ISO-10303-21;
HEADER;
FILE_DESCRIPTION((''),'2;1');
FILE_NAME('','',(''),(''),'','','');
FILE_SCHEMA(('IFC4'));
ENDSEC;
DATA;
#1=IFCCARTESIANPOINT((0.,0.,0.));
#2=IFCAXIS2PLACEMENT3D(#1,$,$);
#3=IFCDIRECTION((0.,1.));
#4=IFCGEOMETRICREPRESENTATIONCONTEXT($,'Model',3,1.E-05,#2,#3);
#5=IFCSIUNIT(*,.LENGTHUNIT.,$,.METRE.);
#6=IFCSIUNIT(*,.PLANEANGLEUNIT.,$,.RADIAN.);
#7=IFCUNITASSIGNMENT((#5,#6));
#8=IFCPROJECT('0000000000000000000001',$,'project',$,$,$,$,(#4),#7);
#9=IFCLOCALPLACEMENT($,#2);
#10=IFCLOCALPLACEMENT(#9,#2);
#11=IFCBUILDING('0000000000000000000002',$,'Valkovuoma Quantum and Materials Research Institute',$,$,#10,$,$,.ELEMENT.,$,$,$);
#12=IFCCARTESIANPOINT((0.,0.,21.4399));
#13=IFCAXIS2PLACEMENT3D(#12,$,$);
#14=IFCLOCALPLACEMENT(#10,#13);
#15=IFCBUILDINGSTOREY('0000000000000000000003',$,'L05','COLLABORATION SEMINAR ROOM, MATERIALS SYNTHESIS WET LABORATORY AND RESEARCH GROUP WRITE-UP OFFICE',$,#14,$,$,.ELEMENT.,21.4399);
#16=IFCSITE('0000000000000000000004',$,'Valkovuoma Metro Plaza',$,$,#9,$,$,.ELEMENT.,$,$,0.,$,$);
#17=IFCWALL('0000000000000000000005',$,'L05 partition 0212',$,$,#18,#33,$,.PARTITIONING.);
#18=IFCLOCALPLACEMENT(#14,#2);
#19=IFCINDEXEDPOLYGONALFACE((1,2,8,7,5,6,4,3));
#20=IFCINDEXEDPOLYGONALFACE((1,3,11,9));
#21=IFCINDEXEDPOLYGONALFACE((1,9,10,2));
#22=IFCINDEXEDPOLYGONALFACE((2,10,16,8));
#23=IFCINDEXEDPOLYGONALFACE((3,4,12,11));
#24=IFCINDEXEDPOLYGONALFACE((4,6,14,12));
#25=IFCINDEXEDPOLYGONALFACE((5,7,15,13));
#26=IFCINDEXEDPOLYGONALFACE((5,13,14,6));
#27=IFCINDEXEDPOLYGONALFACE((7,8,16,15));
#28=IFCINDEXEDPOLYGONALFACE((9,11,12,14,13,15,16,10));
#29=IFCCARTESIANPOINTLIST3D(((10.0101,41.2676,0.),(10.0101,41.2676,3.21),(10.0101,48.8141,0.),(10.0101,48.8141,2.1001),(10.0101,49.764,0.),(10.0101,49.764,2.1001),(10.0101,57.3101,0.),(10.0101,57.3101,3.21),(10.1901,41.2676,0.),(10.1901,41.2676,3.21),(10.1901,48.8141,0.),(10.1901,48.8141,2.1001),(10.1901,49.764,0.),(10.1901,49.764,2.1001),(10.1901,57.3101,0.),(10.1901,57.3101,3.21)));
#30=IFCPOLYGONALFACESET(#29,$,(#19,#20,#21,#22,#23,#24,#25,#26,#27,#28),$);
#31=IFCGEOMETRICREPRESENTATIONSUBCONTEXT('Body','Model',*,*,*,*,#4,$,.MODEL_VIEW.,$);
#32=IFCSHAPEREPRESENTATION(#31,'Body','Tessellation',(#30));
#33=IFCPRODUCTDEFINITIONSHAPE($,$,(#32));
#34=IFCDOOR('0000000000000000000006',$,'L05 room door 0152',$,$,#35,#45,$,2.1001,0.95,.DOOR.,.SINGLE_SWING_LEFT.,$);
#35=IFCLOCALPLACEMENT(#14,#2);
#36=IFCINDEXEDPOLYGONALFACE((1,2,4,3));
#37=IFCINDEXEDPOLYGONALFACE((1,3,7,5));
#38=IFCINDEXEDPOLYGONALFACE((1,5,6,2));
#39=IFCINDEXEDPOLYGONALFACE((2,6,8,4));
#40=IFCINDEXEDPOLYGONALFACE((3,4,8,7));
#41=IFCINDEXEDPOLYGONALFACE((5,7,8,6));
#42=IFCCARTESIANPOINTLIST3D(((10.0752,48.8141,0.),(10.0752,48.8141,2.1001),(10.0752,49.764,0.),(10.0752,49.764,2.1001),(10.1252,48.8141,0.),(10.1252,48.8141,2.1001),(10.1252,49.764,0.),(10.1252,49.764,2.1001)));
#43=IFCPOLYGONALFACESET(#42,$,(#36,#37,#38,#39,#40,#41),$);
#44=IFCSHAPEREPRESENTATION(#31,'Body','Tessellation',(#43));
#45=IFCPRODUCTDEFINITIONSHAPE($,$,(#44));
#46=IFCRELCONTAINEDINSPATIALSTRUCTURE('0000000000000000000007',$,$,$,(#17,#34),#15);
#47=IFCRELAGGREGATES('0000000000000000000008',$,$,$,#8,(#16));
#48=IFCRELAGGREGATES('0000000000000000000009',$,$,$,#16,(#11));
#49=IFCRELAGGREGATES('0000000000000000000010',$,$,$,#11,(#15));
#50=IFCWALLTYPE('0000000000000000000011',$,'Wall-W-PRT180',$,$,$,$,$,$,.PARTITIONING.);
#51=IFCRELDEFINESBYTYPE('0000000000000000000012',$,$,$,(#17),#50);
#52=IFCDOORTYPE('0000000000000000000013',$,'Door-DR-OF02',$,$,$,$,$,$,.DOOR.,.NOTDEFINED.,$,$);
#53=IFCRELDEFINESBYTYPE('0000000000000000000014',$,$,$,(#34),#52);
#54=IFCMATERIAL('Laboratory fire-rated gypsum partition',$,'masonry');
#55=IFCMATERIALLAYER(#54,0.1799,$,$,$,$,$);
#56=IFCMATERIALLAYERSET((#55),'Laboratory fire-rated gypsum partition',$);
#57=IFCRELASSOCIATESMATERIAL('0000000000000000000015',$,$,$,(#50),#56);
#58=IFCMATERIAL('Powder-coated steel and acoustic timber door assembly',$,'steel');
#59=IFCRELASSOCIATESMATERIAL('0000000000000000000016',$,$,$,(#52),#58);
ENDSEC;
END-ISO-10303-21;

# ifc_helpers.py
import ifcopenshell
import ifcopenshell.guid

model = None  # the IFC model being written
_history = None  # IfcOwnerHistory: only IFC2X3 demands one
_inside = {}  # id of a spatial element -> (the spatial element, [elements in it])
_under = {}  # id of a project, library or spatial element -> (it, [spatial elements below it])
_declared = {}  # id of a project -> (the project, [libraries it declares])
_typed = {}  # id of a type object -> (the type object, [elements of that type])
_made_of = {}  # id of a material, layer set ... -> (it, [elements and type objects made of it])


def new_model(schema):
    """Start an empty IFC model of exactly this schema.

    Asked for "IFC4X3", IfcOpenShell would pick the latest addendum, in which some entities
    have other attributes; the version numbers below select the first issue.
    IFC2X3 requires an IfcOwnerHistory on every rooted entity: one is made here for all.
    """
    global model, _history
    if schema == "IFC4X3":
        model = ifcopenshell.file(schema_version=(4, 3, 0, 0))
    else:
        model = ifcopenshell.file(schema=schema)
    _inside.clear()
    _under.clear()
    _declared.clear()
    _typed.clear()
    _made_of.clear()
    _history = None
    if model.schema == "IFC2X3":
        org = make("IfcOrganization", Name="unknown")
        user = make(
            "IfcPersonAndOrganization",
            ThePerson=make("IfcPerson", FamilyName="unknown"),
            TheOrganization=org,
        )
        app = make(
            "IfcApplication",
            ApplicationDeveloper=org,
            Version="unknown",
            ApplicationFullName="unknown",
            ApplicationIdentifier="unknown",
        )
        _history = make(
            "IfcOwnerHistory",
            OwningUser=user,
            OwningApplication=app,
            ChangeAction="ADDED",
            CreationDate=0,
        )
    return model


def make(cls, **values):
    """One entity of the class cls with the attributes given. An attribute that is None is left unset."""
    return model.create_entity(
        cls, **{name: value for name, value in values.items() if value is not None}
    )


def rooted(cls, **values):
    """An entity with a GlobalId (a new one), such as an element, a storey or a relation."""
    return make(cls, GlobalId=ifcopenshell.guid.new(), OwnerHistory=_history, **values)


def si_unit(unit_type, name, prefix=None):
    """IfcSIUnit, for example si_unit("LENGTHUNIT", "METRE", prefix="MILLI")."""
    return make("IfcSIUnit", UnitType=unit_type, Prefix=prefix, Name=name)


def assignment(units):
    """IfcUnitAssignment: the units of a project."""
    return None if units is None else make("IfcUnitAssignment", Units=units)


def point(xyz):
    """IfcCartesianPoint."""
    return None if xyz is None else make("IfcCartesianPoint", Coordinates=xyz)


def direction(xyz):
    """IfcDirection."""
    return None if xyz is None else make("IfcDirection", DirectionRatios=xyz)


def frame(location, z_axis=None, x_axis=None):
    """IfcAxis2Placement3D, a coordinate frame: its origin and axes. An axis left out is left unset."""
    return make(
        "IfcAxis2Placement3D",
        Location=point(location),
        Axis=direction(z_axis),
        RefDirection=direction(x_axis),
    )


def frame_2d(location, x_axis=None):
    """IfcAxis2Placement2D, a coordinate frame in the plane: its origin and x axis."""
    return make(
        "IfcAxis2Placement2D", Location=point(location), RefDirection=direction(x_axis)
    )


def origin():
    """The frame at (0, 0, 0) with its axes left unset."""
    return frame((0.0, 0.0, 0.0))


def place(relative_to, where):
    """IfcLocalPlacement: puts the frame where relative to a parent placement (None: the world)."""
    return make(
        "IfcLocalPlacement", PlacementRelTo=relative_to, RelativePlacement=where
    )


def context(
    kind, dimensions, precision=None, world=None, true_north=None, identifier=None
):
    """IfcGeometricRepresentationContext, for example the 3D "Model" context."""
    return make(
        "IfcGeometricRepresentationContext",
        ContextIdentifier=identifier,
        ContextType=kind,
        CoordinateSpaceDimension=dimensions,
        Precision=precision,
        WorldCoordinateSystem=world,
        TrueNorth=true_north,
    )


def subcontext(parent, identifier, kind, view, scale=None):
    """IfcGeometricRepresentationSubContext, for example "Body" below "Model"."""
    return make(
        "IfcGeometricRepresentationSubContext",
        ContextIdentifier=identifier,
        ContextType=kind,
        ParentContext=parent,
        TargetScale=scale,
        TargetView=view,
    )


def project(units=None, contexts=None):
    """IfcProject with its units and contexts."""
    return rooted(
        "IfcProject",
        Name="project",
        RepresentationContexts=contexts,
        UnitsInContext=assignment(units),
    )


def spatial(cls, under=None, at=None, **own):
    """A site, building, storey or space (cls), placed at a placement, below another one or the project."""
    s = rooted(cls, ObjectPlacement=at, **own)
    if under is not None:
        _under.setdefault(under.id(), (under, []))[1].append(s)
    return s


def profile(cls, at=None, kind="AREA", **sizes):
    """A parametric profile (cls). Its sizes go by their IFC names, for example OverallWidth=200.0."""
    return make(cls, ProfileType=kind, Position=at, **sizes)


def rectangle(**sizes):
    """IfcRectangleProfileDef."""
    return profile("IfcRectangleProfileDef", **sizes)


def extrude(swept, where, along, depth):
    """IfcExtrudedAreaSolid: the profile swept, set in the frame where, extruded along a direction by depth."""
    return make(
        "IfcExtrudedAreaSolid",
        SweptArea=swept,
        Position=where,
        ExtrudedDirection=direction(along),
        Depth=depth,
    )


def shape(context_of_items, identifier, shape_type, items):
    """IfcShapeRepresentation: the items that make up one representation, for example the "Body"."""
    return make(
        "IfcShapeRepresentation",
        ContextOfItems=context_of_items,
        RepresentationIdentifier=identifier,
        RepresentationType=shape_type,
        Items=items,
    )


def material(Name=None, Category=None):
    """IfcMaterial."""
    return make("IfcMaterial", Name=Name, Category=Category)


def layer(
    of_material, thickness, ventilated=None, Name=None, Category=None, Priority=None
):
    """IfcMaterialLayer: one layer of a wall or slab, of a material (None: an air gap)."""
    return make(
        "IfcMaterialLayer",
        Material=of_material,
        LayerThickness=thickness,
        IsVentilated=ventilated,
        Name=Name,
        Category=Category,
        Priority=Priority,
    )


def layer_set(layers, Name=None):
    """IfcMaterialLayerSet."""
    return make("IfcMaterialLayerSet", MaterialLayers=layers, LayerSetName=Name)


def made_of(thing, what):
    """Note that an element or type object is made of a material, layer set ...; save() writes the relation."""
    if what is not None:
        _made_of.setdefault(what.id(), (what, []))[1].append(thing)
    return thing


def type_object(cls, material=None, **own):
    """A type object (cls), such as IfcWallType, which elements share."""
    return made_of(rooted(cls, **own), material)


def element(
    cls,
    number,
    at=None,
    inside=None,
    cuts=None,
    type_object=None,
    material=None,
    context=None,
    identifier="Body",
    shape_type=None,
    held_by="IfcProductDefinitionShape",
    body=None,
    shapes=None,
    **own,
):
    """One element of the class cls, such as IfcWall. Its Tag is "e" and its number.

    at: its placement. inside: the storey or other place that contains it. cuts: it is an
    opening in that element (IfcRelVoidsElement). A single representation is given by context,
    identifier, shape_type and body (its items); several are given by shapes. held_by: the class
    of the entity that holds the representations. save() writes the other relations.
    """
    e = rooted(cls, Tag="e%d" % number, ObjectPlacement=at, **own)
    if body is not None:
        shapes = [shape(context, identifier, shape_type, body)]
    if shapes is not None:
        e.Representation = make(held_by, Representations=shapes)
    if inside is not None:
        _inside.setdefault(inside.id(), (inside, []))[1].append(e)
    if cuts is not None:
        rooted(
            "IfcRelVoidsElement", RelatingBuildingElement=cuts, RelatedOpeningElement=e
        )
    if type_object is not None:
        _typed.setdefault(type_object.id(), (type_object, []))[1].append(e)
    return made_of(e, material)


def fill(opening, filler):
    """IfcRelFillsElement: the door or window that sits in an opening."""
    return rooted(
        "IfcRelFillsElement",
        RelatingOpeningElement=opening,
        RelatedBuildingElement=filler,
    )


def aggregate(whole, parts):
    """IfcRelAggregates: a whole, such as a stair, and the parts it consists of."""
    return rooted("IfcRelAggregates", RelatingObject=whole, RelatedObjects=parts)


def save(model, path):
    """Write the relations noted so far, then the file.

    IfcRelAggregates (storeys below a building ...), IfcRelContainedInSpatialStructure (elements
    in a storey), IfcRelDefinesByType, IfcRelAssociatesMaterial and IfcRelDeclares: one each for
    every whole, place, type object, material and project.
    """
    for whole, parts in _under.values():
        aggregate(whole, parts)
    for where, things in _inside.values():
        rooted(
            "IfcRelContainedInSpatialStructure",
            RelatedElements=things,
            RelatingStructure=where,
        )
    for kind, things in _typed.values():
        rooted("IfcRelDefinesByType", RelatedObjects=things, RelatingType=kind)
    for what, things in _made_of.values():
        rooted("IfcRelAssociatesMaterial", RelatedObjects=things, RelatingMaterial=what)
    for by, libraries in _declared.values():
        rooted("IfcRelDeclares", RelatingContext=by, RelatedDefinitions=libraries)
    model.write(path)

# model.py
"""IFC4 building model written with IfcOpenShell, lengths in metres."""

from ifc_helpers import new_model, si_unit, direction, frame, frame_2d, origin, place, context, subcontext, project, spatial, rectangle, extrude, material, layer, layer_set, type_object, element, fill, save


model = new_model("IFC4")

# Units and contexts
model_context = context("Model", 3, precision=1e-05, world=origin(), true_north=direction((0.0, 1.0)))
body_context = subcontext(model_context, "Body", "Model", "MODEL_VIEW")
ifc_project = project(units=[si_unit("LENGTHUNIT", "METRE"), si_unit("PLANEANGLEUNIT", "RADIAN")], contexts=[model_context])

# Site, building, storey
site_placement = place(None, origin())
site = spatial("IfcSite", under=ifc_project, at=site_placement, Name="Valkovuoma Metro Plaza", CompositionType="ELEMENT", RefElevation=0.0)
building_placement = place(site_placement, origin())
building = spatial("IfcBuilding", under=site, at=building_placement, Name="Valkovuoma Quantum and Materials Research Institute", CompositionType="ELEMENT")
storey_placement = place(building_placement, frame((0.0, 0.0, 21.4399)))
storey = spatial("IfcBuildingStorey", under=building, at=storey_placement, Name="L05", Description="COLLABORATION SEMINAR ROOM, MATERIALS SYNTHESIS WET LABORATORY AND RESEARCH GROUP WRITE-UP OFFICE", CompositionType="ELEMENT", Elevation=21.4399)

# Wall, opening, door
ifc_material_1 = material(Name="Laboratory fire-rated gypsum partition", Category="masonry")
ifc_layer_1 = layer(ifc_material_1, 0.1799)
ifc_layer_set_1 = layer_set([ifc_layer_1], Name="Laboratory fire-rated gypsum partition")
wall_type_1 = type_object("IfcWallType", Name="Wall-W-PRT180", PredefinedType="PARTITIONING", material=ifc_layer_set_1)
wall_1_placement = place(storey_placement, frame((10.1001, 41.2676, 0.0), z_axis=(0.0, 0.0, 1.0), x_axis=(0.0, 1.0, 0.0)))
wall_1 = element("IfcWall", 1, at=wall_1_placement, inside=storey, type_object=wall_type_1, Name="L05 partition 0212", PredefinedType="PARTITIONING", context=body_context, shape_type="SweptSolid", body=[
    extrude(rectangle(XDim=16.0425, YDim=0.1799, at=frame_2d((8.0212, 0.0))), origin(), (0.0, 0.0, 1.0), 3.21),
])
opening_1_placement = place(wall_1_placement, frame((7.5464, 0.0, 0.0)))
opening_1 = element("IfcOpeningElement", 2, at=opening_1_placement, cuts=wall_1, PredefinedType="OPENING", context=body_context, shape_type="SweptSolid", body=[
    extrude(rectangle(XDim=0.95, YDim=2.1001, at=frame_2d((0.4751, 1.05))), frame((0.0, 0.1001, 0.0), z_axis=(0.0, -1.0, 0.0), x_axis=(1.0, 0.0, 0.0)), (0.0, 0.0, 1.0), 0.2),
])
ifc_material_2 = material(Name="Powder-coated steel and acoustic timber door assembly", Category="steel")
door_type_1 = type_object("IfcDoorType", Name="Door-DR-OF02", OperationType="NOTDEFINED", PredefinedType="DOOR", material=ifc_material_2)
door_1_placement = place(opening_1_placement, origin())
door_1 = element("IfcDoor", 3, at=door_1_placement, inside=storey, type_object=door_type_1, Name="L05 room door 0152", OperationType="SINGLE_SWING_LEFT", OverallHeight=2.1001, OverallWidth=0.95, PredefinedType="DOOR", context=body_context, shape_type="SweptSolid", body=[
    extrude(rectangle(XDim=0.95, YDim=2.1001, at=frame_2d((0.4751, 1.05))), frame((0.0, 0.0249, 0.0), z_axis=(0.0, -1.0, 0.0), x_axis=(1.0, 0.0, 0.0)), (0.0, 0.0, 1.0), 0.05),
])
fill(opening_1, door_1)

save(model, "model.ifc")
